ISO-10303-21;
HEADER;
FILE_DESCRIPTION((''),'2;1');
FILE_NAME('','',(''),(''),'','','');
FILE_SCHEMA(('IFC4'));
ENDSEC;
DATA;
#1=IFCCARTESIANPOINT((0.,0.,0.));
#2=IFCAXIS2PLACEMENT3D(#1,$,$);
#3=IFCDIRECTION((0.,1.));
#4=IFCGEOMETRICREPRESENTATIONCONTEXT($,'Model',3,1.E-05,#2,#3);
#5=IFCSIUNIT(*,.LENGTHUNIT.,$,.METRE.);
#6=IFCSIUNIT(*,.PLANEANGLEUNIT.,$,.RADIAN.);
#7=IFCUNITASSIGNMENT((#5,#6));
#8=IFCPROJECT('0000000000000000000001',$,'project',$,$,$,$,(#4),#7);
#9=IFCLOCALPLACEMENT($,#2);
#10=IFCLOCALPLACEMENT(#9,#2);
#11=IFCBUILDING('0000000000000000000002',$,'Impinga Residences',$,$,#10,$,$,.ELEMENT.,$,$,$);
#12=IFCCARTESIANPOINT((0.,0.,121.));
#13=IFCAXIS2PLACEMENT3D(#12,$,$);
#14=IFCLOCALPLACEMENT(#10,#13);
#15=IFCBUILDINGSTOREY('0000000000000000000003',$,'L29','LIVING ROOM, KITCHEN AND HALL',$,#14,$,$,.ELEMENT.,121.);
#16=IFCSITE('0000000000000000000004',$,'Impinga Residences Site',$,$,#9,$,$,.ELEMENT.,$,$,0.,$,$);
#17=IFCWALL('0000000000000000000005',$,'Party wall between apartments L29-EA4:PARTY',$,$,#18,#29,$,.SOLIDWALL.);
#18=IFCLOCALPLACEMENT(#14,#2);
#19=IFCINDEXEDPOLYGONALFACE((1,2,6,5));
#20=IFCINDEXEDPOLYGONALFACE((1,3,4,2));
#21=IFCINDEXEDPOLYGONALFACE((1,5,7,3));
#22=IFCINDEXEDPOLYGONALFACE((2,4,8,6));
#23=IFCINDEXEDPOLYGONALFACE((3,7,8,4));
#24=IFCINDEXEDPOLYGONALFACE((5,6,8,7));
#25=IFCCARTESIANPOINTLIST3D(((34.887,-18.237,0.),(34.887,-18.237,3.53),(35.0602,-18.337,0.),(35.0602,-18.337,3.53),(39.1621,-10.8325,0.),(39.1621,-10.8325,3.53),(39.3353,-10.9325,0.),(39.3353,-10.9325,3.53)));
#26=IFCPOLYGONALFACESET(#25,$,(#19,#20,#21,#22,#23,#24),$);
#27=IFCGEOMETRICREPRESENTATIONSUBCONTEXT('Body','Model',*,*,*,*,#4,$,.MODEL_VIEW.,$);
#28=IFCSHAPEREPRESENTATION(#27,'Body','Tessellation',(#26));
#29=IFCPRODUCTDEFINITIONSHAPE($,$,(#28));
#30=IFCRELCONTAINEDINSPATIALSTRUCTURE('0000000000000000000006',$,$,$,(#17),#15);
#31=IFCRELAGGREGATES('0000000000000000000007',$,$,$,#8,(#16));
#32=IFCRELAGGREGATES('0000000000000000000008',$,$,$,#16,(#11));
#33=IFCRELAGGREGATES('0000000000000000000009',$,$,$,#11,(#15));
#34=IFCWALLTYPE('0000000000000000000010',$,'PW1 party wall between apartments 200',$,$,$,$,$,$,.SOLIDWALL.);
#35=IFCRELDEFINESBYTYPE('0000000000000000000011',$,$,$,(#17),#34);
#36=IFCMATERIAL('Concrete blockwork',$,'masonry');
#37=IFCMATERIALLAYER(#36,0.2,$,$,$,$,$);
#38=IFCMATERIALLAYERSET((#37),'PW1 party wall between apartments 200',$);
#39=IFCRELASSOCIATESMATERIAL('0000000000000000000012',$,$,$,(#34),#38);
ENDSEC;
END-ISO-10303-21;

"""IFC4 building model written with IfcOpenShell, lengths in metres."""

from ifc_helpers import new_model, si_unit, direction, frame, frame_2d, origin, place, context, subcontext, project, spatial, rectangle, extrude, material, layer, layer_set, type_object, element, save


model = new_model("IFC4")

# Units and contexts
model_context = context("Model", 3, precision=1e-05, world=origin(), true_north=direction((0.0, 1.0)))
body_context = subcontext(model_context, "Body", "Model", "MODEL_VIEW")
ifc_project = project(units=[si_unit("LENGTHUNIT", "METRE"), si_unit("PLANEANGLEUNIT", "RADIAN")], contexts=[model_context])

# Site, building, storey
site_placement = place(None, origin())
site = spatial("IfcSite", under=ifc_project, at=site_placement, Name="Impinga Residences Site", CompositionType="ELEMENT", RefElevation=0.0)
building_placement = place(site_placement, origin())
building = spatial("IfcBuilding", under=site, at=building_placement, Name="Impinga Residences", CompositionType="ELEMENT")
storey_placement = place(building_placement, frame((0.0, 0.0, 121.0)))
storey = spatial("IfcBuildingStorey", under=building, at=storey_placement, Name="L29", Description="LIVING ROOM, KITCHEN AND HALL", CompositionType="ELEMENT", Elevation=121.0)

# Wall
ifc_material_1 = material(Name="Concrete blockwork", Category="masonry")
ifc_layer_1 = layer(ifc_material_1, 0.2)
ifc_layer_set_1 = layer_set([ifc_layer_1], Name="PW1 party wall between apartments 200")
wall_type_1 = type_object("IfcWallType", Name="PW1 party wall between apartments 200", PredefinedType="SOLIDWALL", material=ifc_layer_set_1)
wall_1_placement = place(storey_placement, frame((34.9736, -18.2869, 0.0), z_axis=(0.0, 0.0, 1.0), x_axis=(0.500012, 0.866019, 0.0)))
element("IfcWall", 1, at=wall_1_placement, inside=storey, type_object=wall_type_1, Name="Party wall between apartments L29-EA4:PARTY", PredefinedType="SOLIDWALL", context=body_context, shape_type="SweptSolid", body=[
    extrude(rectangle(XDim=8.55, YDim=0.2, at=frame_2d((4.2749, 0.0))), origin(), (0.0, 0.0, 1.0), 3.53),
])

save(model, "model.ifc")
